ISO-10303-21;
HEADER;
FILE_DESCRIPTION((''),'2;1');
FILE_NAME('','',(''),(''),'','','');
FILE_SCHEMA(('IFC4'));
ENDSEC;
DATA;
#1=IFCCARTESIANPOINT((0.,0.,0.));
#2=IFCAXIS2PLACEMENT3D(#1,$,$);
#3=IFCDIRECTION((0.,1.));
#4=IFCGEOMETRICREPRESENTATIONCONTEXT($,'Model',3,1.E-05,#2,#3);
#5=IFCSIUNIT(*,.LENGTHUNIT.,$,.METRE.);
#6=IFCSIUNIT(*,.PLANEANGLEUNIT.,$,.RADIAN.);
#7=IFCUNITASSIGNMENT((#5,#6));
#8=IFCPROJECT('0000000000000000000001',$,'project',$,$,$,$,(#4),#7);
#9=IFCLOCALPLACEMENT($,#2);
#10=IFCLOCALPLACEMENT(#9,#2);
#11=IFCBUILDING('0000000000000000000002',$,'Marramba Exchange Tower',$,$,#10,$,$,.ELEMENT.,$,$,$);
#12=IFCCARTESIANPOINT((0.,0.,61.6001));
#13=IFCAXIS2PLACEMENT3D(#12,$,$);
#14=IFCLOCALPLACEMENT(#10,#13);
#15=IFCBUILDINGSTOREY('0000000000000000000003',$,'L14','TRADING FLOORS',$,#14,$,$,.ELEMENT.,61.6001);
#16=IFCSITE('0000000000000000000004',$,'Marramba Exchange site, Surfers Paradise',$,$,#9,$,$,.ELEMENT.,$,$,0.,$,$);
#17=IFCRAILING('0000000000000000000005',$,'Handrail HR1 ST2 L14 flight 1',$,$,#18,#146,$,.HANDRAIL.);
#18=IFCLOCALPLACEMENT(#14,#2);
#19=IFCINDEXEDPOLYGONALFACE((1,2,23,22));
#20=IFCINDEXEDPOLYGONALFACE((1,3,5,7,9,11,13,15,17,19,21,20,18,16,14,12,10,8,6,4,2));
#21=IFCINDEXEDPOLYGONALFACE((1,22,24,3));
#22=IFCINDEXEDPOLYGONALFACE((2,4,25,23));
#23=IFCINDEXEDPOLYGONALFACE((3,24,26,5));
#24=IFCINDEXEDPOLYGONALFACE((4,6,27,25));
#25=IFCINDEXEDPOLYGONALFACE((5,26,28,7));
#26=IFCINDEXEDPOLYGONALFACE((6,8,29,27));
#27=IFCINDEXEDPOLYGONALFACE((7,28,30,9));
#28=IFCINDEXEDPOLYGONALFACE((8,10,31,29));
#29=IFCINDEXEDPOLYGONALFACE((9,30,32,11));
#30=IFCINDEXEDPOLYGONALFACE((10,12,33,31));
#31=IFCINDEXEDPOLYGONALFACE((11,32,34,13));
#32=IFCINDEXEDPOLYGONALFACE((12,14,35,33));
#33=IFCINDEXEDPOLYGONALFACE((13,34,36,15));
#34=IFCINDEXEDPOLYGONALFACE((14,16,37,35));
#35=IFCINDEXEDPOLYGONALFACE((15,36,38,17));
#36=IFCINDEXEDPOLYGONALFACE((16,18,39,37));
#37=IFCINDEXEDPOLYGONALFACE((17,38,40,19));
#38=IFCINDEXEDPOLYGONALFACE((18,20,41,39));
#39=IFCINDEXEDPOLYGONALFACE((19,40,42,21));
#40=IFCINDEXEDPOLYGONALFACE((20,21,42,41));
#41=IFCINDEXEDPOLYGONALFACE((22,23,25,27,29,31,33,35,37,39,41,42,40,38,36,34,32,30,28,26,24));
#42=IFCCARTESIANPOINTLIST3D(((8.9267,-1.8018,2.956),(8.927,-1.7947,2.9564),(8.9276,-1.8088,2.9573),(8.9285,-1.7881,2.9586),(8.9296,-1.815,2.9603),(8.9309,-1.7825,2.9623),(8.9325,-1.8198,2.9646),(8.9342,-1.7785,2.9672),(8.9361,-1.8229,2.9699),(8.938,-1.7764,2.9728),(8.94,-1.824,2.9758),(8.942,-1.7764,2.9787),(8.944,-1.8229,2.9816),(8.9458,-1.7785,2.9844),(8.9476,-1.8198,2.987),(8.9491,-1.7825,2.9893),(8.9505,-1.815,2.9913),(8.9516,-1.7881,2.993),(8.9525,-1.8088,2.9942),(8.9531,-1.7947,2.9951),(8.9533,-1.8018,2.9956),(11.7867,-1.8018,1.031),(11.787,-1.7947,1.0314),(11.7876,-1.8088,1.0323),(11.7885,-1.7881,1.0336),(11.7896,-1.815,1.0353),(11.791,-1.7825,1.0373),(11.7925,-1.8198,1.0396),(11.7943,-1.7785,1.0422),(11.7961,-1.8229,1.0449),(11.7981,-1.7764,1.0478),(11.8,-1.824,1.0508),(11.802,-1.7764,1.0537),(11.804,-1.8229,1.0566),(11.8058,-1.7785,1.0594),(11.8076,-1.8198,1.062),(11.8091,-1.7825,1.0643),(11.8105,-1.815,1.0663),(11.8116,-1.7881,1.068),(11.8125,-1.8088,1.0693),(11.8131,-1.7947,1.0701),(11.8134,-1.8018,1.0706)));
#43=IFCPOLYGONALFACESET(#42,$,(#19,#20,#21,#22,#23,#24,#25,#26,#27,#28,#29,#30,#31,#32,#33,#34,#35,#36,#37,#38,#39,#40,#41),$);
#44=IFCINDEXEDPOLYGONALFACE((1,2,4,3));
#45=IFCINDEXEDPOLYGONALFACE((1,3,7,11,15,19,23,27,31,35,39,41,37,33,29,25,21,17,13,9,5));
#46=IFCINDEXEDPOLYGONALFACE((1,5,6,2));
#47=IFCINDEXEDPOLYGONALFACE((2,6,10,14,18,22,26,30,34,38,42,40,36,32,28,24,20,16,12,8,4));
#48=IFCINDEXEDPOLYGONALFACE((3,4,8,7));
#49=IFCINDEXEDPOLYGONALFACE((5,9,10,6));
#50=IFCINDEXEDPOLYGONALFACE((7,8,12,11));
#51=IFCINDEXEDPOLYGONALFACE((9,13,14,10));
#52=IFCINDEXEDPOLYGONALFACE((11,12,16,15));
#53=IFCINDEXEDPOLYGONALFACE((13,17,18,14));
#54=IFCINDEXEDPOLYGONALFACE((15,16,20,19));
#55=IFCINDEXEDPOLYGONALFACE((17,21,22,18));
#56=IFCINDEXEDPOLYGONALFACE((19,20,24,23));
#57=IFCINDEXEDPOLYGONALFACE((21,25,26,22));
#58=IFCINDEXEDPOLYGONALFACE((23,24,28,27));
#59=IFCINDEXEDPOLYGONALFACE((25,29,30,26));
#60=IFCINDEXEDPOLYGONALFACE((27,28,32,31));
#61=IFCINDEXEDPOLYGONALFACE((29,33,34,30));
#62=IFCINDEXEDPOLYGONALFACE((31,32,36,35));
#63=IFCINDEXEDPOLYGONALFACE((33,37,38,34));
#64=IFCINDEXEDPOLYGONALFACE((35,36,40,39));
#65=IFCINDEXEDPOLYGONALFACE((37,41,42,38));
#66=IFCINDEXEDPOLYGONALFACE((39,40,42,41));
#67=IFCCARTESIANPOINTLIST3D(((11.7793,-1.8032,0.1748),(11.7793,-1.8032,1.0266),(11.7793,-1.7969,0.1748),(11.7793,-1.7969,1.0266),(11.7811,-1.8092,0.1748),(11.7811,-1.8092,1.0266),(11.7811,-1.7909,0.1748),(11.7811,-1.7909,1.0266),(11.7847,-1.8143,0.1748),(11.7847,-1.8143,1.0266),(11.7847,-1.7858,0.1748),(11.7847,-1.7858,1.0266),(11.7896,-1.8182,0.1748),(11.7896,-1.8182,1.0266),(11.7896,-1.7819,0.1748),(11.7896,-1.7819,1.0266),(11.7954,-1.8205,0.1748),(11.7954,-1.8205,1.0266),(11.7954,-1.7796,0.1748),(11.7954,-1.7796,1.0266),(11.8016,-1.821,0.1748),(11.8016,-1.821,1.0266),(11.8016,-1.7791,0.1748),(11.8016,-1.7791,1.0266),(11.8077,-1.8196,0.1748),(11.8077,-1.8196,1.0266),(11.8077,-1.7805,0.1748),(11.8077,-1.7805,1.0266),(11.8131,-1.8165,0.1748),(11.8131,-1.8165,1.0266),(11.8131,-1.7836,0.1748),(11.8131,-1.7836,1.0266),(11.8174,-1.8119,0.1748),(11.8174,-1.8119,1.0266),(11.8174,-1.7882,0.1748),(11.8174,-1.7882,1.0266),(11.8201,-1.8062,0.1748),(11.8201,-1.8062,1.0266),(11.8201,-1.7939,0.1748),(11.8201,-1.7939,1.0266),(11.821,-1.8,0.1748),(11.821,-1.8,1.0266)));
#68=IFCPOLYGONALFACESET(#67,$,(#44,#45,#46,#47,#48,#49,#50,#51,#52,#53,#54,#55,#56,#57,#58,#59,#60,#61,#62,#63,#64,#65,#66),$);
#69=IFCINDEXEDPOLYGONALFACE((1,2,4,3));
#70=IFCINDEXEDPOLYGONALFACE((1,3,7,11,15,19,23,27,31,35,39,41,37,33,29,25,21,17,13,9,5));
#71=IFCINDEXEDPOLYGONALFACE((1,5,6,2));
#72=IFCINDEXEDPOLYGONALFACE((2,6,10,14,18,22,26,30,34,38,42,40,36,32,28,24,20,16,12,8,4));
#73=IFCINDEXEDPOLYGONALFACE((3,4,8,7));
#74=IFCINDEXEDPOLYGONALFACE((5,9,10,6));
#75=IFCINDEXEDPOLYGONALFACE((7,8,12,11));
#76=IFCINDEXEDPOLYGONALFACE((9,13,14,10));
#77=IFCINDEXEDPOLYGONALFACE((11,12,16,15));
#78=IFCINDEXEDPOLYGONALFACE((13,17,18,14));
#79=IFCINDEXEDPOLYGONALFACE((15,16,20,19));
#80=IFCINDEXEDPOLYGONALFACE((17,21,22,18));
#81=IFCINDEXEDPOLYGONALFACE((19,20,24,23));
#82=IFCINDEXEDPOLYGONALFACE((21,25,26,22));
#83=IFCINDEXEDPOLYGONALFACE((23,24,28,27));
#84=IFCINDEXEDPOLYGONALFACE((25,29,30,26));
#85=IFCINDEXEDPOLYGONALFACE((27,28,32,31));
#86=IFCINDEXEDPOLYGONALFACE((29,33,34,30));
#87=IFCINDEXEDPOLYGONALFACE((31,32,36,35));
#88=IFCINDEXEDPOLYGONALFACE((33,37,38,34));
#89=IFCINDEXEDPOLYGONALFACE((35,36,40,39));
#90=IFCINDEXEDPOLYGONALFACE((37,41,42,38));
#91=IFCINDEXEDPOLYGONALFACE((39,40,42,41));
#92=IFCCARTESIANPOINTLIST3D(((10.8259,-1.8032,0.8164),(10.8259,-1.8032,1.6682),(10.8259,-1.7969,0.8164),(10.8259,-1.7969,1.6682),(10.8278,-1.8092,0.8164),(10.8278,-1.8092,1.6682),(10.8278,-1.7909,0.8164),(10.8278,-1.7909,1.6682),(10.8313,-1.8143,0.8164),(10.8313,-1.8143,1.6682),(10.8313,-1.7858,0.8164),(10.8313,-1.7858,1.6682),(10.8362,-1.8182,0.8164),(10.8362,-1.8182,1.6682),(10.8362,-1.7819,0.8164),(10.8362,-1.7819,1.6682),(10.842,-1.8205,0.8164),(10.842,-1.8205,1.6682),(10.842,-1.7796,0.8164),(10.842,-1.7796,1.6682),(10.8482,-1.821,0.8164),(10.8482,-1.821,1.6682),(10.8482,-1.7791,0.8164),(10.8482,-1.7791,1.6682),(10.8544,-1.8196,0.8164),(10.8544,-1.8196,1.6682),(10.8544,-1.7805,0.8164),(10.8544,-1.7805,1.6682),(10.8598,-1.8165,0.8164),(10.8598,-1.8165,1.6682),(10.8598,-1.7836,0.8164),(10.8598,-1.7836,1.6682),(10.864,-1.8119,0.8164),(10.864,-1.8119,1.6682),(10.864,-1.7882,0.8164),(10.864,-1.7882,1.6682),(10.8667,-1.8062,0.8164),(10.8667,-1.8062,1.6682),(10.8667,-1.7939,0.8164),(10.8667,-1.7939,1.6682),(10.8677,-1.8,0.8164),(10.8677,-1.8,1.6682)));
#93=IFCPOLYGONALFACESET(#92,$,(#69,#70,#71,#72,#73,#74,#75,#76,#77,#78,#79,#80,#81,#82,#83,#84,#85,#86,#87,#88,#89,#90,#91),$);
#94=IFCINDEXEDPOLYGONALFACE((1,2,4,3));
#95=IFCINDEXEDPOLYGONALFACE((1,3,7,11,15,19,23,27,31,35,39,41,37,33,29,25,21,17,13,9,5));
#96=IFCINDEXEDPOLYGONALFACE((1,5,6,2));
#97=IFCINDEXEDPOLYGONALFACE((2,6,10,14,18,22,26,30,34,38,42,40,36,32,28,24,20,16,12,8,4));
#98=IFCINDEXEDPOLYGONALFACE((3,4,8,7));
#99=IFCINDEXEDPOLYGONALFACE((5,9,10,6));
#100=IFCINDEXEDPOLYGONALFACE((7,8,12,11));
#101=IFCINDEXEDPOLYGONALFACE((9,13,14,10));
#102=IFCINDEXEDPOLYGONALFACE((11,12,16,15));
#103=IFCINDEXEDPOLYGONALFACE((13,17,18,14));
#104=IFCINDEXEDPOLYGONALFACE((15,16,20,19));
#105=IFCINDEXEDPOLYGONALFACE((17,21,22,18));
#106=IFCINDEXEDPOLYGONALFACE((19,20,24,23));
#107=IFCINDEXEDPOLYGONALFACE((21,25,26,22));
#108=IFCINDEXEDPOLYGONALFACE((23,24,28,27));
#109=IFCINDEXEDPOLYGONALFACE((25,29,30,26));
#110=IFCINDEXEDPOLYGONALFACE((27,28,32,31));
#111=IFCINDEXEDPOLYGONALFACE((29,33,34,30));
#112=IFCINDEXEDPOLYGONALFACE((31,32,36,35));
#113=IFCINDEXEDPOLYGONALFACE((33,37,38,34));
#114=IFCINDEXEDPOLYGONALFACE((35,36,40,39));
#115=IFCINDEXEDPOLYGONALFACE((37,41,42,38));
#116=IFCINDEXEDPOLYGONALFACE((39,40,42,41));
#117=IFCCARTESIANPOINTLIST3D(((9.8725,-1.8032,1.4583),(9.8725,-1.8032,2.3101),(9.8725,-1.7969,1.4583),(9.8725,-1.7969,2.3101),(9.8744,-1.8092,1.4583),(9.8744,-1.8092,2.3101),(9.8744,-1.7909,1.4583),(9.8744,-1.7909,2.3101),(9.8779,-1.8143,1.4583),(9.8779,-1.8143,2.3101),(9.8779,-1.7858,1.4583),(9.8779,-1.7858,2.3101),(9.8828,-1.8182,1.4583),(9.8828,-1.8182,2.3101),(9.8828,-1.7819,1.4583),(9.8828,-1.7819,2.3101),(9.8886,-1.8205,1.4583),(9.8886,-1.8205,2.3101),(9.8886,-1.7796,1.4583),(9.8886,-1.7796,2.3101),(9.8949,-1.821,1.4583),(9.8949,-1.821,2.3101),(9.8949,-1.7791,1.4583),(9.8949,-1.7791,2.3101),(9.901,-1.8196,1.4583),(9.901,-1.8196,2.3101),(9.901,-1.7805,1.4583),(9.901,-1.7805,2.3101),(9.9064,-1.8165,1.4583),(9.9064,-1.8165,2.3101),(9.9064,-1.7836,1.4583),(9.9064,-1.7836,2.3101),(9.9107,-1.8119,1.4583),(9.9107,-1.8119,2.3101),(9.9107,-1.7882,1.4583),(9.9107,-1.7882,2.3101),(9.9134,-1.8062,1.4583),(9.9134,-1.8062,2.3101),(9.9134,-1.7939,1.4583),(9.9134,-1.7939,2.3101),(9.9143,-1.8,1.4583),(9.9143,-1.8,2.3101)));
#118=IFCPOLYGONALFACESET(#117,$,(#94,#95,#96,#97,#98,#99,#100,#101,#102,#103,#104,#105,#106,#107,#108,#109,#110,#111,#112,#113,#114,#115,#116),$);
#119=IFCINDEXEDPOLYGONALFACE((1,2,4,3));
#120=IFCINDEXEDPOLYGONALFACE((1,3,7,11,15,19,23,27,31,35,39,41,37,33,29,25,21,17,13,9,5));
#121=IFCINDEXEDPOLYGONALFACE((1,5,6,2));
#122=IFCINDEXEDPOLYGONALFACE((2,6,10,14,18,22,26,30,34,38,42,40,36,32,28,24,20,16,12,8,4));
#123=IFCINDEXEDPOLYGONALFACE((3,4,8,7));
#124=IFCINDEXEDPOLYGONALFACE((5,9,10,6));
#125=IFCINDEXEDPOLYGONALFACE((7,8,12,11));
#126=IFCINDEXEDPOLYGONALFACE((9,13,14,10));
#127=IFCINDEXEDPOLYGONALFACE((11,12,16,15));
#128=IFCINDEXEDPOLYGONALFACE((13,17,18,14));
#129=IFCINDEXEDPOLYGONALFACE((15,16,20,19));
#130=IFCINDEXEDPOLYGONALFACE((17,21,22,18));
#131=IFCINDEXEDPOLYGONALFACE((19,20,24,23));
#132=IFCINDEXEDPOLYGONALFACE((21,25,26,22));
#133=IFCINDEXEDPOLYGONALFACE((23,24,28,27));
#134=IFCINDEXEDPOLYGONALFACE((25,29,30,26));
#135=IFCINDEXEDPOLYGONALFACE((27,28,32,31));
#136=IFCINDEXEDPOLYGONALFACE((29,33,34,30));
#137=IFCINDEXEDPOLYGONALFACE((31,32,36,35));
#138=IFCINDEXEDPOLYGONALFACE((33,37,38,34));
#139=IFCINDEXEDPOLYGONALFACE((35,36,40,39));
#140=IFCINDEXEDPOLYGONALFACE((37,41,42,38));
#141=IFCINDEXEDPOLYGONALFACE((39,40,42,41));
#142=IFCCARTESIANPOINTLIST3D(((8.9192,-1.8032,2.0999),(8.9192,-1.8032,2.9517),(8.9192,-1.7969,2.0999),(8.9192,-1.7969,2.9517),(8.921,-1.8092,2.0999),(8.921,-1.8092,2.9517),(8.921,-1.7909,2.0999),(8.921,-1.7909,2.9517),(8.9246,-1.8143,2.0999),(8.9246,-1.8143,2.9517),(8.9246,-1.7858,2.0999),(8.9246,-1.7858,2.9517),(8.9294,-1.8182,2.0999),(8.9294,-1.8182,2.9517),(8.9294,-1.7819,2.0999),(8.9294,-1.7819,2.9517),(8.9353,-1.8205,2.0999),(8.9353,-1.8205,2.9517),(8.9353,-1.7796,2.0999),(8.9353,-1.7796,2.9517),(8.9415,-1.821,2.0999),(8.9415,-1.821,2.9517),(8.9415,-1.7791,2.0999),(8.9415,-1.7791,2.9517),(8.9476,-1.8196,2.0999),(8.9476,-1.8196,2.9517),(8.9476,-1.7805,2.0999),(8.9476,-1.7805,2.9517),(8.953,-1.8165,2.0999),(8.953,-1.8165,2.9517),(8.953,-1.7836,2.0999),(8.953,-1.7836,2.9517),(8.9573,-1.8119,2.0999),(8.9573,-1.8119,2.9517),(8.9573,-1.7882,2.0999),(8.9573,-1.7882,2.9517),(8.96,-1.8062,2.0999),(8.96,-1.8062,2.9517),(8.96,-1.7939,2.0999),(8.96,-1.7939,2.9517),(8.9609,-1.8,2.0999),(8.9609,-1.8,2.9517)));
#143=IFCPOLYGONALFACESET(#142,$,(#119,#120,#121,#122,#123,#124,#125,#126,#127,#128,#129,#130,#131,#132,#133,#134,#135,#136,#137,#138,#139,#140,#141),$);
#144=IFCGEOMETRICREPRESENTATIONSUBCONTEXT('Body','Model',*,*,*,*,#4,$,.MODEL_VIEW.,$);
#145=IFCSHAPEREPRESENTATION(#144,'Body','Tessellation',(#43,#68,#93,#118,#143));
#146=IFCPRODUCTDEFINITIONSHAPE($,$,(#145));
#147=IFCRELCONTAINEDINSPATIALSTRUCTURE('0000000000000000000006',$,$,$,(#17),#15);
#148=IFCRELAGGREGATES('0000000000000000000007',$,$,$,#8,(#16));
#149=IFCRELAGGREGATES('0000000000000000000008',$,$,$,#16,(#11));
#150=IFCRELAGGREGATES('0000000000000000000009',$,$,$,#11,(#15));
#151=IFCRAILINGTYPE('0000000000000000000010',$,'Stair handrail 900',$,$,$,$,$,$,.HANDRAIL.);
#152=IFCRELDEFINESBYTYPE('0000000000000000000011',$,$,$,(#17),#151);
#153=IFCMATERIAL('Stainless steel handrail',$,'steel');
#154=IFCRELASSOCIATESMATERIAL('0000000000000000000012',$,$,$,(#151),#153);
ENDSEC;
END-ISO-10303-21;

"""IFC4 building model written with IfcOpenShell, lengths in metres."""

from ifc_helpers import new_model, si_unit, direction, frame, origin, origin_2d, place, context, subcontext, project, spatial, circle, extrude, material, type_object, element, save


model = new_model("IFC4")

# Units and contexts
model_context = context("Model", 3, precision=1e-05, world=origin(), true_north=direction((0.0, 1.0)))
body_context = subcontext(model_context, "Body", "Model", "MODEL_VIEW")
ifc_project = project(units=[si_unit("LENGTHUNIT", "METRE"), si_unit("PLANEANGLEUNIT", "RADIAN")], contexts=[model_context])

# Site, building, storey
site_placement = place(None, origin())
site = spatial("IfcSite", under=ifc_project, at=site_placement, Name="Marramba Exchange site, Surfers Paradise", CompositionType="ELEMENT", RefElevation=0.0)
building_placement = place(site_placement, origin())
building = spatial("IfcBuilding", under=site, at=building_placement, Name="Marramba Exchange Tower", CompositionType="ELEMENT")
storey_placement = place(building_placement, frame((0.0, 0.0, 61.6001)))
storey = spatial("IfcBuildingStorey", under=building, at=storey_placement, Name="L14", Description="TRADING FLOORS", CompositionType="ELEMENT", Elevation=61.6001)

# Railing
ifc_material_1 = material(Name="Stainless steel handrail", Category="steel")
railing_type = type_object("IfcRailingType", Name="Stair handrail 900", PredefinedType="HANDRAIL", material=ifc_material_1)
railing_placement = place(storey_placement, frame((11.8, -1.8, 0.1748)))
element("IfcRailing", 1, at=railing_placement, inside=storey, type_object=railing_type, Name="Handrail HR1 ST2 L14 flight 1", PredefinedType="HANDRAIL", context=body_context, shape_type="SweptSolid", body=[
    extrude(circle(Radius=0.0239, at=origin_2d()), frame((0.0, 0.0, 0.876), z_axis=(-0.829591, 0.0, 0.558372), x_axis=(0.0, -1.0, 0.0)), (0.0, 0.0, 1.0), 3.4475),
    extrude(circle(Radius=0.021, at=origin_2d()), origin(), (0.0, 0.0, 1.0), 0.8518),
    extrude(circle(Radius=0.021, at=origin_2d()), frame((-0.9534, 0.0, 0.6416)), (0.0, 0.0, 1.0), 0.8518),
    extrude(circle(Radius=0.021, at=origin_2d()), frame((-1.9067, 0.0, 1.2834)), (0.0, 0.0, 1.0), 0.8518),
    extrude(circle(Radius=0.021, at=origin_2d()), frame((-2.8601, 0.0, 1.925)), (0.0, 0.0, 1.0), 0.8518),
])

save(model, "model.ifc")
